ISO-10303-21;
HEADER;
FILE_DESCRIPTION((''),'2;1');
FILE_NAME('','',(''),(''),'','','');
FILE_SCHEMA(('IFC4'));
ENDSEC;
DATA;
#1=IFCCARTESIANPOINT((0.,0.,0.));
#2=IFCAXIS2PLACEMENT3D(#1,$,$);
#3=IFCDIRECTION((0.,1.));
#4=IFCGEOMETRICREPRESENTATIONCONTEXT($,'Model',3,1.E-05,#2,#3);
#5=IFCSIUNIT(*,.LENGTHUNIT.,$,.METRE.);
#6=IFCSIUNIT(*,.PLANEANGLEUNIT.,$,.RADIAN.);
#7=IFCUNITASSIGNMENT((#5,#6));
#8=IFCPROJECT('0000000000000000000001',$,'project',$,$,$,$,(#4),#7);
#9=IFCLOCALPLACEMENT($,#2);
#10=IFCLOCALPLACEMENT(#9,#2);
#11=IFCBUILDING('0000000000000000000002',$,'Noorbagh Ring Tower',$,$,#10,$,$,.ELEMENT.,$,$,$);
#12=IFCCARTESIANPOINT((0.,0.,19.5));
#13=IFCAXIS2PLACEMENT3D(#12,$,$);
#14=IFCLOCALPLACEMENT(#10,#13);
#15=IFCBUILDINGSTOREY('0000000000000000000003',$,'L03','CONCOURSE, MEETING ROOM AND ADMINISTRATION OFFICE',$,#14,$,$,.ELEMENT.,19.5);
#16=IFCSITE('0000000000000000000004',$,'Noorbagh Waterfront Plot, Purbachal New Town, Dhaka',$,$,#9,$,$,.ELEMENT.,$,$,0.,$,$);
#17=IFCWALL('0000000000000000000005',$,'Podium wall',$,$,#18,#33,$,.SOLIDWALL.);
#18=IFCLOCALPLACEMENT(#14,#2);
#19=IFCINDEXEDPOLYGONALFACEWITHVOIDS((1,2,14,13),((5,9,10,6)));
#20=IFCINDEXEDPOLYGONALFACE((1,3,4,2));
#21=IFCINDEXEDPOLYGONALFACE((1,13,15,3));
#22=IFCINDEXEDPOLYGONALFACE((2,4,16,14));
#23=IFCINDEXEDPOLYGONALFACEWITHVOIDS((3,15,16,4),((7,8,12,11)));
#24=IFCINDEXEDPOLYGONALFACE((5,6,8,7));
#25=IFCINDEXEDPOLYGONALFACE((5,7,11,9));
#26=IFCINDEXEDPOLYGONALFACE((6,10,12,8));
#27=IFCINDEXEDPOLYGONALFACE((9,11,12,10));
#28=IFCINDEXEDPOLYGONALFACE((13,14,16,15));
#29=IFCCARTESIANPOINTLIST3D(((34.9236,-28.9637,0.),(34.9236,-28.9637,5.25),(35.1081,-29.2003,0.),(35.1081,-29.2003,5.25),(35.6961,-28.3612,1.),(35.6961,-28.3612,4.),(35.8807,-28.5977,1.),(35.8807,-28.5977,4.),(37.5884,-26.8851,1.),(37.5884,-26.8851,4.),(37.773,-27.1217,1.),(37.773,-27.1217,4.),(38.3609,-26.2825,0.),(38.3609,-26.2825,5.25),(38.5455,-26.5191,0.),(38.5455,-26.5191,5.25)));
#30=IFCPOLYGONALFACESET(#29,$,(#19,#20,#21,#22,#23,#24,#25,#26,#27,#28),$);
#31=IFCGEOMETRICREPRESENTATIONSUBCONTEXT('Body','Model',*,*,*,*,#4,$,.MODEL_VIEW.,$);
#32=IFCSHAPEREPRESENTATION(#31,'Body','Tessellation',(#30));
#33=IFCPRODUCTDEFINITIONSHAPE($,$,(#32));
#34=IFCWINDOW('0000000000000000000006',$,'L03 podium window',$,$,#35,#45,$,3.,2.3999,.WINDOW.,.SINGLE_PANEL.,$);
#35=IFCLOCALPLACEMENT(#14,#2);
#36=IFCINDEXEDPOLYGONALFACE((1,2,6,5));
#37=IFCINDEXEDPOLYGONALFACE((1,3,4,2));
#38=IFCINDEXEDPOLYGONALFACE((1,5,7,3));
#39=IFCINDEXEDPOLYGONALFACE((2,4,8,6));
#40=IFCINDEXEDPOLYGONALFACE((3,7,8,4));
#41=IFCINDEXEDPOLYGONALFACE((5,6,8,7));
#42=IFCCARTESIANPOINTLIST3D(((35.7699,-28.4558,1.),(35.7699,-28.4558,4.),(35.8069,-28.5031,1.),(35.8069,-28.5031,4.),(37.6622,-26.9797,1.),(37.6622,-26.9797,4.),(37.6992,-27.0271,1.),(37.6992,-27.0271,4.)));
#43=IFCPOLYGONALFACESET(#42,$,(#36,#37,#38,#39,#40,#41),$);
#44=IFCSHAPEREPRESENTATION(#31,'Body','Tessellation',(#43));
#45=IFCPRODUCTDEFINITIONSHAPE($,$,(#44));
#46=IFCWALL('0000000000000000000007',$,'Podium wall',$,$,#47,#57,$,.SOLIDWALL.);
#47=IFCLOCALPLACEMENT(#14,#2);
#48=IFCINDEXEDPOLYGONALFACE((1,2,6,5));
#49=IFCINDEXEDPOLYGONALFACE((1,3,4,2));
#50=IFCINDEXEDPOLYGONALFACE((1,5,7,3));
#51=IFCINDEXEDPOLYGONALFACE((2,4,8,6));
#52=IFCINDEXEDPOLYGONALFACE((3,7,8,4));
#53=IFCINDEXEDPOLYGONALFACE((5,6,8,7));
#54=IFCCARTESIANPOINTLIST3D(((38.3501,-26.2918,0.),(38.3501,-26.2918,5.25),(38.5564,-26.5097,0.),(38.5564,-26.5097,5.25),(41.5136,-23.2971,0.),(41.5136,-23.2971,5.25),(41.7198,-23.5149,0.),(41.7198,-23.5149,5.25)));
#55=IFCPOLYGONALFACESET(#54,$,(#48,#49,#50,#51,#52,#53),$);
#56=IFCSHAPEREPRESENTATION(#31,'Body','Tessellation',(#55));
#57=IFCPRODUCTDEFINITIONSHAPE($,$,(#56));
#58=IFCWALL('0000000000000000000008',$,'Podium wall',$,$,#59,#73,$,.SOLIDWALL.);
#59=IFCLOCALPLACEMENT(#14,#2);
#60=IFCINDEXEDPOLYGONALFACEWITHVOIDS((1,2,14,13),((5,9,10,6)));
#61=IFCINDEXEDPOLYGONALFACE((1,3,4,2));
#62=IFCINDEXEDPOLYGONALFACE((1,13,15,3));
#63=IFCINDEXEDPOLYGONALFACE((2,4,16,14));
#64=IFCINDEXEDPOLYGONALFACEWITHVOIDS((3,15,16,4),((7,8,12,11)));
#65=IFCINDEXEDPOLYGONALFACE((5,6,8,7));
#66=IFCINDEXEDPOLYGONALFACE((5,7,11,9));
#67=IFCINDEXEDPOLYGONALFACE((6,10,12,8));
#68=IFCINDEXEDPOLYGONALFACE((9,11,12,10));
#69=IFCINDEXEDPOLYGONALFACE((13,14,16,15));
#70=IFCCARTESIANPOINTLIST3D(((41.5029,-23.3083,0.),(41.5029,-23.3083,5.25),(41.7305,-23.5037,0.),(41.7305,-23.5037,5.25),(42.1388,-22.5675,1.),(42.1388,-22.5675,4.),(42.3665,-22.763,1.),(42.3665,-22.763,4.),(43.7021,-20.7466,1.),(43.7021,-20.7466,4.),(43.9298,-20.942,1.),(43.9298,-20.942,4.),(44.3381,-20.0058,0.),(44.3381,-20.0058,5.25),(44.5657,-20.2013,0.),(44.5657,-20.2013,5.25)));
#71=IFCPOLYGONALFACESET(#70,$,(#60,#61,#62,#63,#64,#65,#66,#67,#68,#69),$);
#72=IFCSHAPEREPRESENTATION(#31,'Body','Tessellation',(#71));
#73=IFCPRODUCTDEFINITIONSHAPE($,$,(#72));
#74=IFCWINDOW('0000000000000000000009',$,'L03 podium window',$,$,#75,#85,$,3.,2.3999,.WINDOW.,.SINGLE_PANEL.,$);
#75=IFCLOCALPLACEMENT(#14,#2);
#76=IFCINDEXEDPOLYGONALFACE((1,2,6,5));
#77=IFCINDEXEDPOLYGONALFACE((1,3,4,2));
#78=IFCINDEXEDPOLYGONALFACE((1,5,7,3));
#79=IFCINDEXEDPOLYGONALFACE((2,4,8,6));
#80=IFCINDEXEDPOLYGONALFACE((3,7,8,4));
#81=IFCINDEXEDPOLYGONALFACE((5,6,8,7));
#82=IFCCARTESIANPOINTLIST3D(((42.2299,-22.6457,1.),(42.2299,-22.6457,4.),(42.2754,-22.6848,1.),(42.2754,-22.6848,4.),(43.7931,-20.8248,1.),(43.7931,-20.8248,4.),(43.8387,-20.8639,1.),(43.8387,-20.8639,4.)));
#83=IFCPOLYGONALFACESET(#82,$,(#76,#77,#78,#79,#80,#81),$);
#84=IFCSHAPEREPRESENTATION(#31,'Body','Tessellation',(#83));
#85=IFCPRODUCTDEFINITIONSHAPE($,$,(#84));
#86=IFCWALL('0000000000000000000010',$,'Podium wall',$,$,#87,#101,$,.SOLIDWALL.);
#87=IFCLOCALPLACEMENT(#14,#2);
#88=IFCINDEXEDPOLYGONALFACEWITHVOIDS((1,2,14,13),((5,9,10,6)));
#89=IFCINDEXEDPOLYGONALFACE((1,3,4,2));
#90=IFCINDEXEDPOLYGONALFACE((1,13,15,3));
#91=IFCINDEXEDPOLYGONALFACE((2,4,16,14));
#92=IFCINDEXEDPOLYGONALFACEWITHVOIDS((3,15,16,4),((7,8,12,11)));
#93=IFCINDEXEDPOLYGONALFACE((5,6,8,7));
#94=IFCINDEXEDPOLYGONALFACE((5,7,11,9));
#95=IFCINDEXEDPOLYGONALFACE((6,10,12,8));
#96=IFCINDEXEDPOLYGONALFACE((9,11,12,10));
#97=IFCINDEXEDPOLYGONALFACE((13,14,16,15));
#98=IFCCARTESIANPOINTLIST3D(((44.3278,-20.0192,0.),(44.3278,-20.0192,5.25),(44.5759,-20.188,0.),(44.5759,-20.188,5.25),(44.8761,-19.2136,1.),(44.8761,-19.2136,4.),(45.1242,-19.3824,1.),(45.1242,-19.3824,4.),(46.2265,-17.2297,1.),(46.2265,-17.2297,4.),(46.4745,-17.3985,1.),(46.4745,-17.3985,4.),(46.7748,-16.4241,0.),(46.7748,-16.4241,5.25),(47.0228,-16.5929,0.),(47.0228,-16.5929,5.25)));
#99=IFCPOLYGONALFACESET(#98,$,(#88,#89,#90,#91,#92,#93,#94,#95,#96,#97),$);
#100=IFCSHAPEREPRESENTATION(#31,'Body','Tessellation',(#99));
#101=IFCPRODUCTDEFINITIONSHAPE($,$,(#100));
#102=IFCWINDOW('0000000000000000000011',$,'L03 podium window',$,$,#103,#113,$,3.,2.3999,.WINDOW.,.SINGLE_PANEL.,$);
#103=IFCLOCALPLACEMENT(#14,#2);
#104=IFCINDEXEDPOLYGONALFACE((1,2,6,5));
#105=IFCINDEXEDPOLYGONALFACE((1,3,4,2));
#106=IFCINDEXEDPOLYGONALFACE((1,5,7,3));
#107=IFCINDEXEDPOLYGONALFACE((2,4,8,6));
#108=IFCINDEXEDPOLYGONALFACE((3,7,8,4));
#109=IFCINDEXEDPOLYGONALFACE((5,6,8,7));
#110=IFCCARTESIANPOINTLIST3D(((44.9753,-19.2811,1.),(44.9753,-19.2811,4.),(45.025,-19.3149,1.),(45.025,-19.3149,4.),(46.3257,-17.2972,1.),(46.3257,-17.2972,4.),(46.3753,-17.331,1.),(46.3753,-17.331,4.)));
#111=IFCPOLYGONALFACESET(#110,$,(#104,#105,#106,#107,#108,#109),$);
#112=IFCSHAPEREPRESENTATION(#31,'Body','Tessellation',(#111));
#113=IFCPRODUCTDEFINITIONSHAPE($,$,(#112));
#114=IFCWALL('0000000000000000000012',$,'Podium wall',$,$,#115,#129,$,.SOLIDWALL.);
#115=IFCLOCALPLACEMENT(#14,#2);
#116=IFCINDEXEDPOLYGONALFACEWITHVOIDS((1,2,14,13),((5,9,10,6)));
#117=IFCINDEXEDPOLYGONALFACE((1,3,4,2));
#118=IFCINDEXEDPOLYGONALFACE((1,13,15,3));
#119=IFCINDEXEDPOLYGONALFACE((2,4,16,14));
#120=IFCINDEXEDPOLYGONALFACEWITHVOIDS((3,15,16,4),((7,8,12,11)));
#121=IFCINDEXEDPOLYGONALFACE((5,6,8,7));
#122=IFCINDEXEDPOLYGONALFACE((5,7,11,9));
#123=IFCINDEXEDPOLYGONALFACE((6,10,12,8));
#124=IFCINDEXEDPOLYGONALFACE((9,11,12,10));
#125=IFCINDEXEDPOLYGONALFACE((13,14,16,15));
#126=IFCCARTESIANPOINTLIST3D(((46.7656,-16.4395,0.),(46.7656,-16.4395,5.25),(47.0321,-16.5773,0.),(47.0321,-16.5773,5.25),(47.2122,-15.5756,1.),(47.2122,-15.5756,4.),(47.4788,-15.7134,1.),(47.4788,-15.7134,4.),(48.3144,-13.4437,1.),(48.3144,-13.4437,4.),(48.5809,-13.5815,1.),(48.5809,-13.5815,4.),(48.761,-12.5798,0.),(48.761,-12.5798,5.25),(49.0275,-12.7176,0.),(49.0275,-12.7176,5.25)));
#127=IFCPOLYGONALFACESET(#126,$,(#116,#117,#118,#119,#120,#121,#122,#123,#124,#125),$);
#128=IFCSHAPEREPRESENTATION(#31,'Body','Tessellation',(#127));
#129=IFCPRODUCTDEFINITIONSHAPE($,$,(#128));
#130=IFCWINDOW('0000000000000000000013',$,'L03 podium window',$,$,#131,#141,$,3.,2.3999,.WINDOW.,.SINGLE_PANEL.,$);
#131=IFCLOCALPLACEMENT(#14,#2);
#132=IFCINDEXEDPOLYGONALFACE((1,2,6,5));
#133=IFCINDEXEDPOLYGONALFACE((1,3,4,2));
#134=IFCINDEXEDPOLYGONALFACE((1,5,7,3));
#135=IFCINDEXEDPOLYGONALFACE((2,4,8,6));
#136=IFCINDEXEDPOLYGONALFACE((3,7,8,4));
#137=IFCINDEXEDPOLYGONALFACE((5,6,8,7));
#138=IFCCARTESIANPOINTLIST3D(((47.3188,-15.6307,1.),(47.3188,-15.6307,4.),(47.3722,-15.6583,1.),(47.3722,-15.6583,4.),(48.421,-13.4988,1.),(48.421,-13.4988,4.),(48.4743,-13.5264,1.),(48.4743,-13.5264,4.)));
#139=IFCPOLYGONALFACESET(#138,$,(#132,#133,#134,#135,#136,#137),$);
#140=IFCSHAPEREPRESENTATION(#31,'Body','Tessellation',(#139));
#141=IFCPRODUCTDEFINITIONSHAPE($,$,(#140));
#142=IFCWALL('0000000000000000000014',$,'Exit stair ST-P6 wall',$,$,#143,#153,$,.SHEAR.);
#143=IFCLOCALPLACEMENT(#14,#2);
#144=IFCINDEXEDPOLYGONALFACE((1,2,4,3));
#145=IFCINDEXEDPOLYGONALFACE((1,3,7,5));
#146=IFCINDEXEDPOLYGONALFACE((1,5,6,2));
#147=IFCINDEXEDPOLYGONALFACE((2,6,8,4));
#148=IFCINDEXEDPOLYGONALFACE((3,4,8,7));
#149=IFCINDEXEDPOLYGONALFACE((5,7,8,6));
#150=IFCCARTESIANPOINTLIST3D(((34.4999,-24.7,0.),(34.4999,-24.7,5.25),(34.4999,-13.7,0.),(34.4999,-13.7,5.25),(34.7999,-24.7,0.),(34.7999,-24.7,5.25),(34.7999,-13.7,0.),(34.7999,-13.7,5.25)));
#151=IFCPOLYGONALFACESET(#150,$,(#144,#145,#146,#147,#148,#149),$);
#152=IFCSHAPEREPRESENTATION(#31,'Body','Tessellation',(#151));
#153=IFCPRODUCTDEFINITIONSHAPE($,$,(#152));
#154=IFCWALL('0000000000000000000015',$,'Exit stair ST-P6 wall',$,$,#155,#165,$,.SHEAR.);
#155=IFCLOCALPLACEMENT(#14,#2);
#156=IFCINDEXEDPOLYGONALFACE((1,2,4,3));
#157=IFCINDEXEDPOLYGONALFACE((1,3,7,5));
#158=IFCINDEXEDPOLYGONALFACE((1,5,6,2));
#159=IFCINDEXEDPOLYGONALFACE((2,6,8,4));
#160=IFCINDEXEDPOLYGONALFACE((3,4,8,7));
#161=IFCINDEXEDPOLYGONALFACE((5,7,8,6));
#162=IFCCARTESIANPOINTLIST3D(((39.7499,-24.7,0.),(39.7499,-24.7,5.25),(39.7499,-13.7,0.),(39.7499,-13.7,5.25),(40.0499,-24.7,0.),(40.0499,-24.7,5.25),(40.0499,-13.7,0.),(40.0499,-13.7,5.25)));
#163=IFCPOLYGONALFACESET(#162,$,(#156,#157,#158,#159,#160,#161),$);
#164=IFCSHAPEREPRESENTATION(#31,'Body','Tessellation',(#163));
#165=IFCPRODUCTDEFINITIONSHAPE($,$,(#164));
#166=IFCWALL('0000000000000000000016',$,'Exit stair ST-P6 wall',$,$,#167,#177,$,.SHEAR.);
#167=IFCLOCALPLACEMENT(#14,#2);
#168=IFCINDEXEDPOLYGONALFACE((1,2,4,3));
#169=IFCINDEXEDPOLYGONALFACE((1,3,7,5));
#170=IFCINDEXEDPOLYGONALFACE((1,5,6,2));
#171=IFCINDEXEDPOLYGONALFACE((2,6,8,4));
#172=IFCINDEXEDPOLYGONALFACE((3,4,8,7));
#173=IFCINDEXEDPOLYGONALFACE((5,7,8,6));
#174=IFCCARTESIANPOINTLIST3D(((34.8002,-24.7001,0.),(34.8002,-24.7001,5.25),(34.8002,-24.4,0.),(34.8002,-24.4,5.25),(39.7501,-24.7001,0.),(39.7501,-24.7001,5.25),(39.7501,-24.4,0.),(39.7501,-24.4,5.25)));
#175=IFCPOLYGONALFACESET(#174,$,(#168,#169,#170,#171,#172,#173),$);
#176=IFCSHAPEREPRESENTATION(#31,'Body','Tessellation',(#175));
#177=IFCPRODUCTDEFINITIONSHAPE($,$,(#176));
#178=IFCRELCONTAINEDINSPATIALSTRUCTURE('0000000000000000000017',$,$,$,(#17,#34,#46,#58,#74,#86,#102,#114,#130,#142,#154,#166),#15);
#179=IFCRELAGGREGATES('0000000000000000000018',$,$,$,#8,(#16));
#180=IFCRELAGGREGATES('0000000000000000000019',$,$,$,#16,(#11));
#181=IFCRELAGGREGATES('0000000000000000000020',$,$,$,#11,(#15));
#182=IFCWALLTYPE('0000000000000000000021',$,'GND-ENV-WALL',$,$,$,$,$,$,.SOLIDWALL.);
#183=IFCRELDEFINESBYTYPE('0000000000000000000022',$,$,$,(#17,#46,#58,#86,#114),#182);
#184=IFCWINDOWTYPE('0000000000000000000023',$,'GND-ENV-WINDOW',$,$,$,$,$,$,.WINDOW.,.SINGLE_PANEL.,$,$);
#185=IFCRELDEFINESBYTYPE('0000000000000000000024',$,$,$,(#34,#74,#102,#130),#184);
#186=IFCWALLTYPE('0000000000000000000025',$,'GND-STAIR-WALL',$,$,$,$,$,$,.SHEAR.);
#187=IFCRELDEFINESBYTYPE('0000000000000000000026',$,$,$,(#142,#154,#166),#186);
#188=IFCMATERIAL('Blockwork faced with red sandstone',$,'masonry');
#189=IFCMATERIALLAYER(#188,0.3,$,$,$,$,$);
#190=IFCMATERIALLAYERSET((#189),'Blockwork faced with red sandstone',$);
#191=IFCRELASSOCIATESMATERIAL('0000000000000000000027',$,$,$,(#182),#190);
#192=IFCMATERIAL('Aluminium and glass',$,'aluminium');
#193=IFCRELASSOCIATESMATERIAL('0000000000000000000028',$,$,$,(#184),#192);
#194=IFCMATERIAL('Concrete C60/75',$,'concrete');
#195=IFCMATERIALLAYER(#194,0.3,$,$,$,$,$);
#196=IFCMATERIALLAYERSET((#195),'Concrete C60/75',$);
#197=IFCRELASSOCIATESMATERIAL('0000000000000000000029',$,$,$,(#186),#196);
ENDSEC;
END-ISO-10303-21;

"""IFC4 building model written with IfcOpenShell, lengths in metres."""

from ifc_helpers import new_model, si_unit, direction, frame, frame_2d, origin, place, context, subcontext, project, spatial, rectangle, extrude, material, layer, layer_set, type_object, element, fill, save


model = new_model("IFC4")

# Units and contexts
model_context = context("Model", 3, precision=1e-05, world=origin(), true_north=direction((0.0, 1.0)))
body_context = subcontext(model_context, "Body", "Model", "MODEL_VIEW")
ifc_project = project(units=[si_unit("LENGTHUNIT", "METRE"), si_unit("PLANEANGLEUNIT", "RADIAN")], contexts=[model_context])

# Site, building, storey
site_placement = place(None, origin())
site = spatial("IfcSite", under=ifc_project, at=site_placement, Name="Noorbagh Waterfront Plot, Purbachal New Town, Dhaka", CompositionType="ELEMENT", RefElevation=0.0)
building_placement = place(site_placement, origin())
building = spatial("IfcBuilding", under=site, at=building_placement, Name="Noorbagh Ring Tower", CompositionType="ELEMENT")
storey_placement = place(building_placement, frame((0.0, 0.0, 19.5)))
storey = spatial("IfcBuildingStorey", under=building, at=storey_placement, Name="L03", Description="CONCOURSE, MEETING ROOM AND ADMINISTRATION OFFICE", CompositionType="ELEMENT", Elevation=19.5)

# Wall, opening, window
ifc_material_1 = material(Name="Blockwork faced with red sandstone", Category="masonry")
ifc_layer_1 = layer(ifc_material_1, 0.3)
ifc_layer_set_1 = layer_set([ifc_layer_1], Name="Blockwork faced with red sandstone")
wall_type_1 = type_object("IfcWallType", Name="GND-ENV-WALL", PredefinedType="SOLIDWALL", material=ifc_layer_set_1)
ifc_material_2 = material(Name="Aluminium and glass", Category="aluminium")
window_type = type_object("IfcWindowType", Name="GND-ENV-WINDOW", PartitioningType="SINGLE_PANEL", PredefinedType="WINDOW", material=ifc_material_2)
wall_1_placement = place(storey_placement, frame((35.0159, -29.082, 0.0), z_axis=(0.0, 0.0, 1.0), x_axis=(0.788492, 0.615045, 0.0)))
wall_1 = element("IfcWall", 1, at=wall_1_placement, inside=storey, type_object=wall_type_1, Name="Podium wall", PredefinedType="SOLIDWALL", context=body_context, shape_type="SweptSolid", body=[
    extrude(rectangle(XDim=4.3594, YDim=0.3, at=frame_2d((2.1797, 0.0))), origin(), (0.0, 0.0, 1.0), 5.25),
])
opening_1_placement = place(wall_1_placement, frame((0.9797, 0.0, 1.0)))
opening_1 = element("IfcOpeningElement", 2, at=opening_1_placement, cuts=wall_1, PredefinedType="OPENING", context=body_context, shape_type="SweptSolid", body=[
    extrude(rectangle(XDim=2.3999, YDim=3.0, at=frame_2d((1.2, 1.5))), frame((0.0, 0.1602, 0.0), z_axis=(0.0, -1.0, 0.0), x_axis=(1.0, 0.0, 0.0)), (0.0, 0.0, 1.0), 0.3201),
])
window_1_placement = place(opening_1_placement, origin())
window_1 = element("IfcWindow", 3, at=window_1_placement, inside=storey, type_object=window_type, Name="L03 podium window", OverallHeight=3.0, OverallWidth=2.3999, PartitioningType="SINGLE_PANEL", PredefinedType="WINDOW", context=body_context, shape_type="SweptSolid", body=[
    extrude(rectangle(XDim=2.3999, YDim=3.0, at=frame_2d((1.2, 1.5))), frame((0.0, 0.03, 0.0), z_axis=(0.0, -1.0, 0.0), x_axis=(1.0, 0.0, 0.0)), (0.0, 0.0, 1.0), 0.0601),
])
fill(opening_1, window_1)

# Wall
wall_2_placement = place(storey_placement, frame((38.4531, -26.4009, 0.0), z_axis=(0.0, 0.0, 1.0), x_axis=(0.726204, 0.687479, 0.0)))
element("IfcWall", 4, at=wall_2_placement, inside=storey, type_object=wall_type_1, Name="Podium wall", PredefinedType="SOLIDWALL", context=body_context, shape_type="SweptSolid", body=[
    extrude(rectangle(XDim=4.3562, YDim=0.3, at=frame_2d((2.1782, 0.0))), origin(), (0.0, 0.0, 1.0), 5.25),
])

# Walls, openings, windows
wall_3_placement = place(storey_placement, frame((41.6167, -23.406, 0.0), z_axis=(0.0, 0.0, 1.0), x_axis=(0.651387, 0.758746, 0.0)))
wall_3 = element("IfcWall", 5, at=wall_3_placement, inside=storey, type_object=wall_type_1, Name="Podium wall", PredefinedType="SOLIDWALL", context=body_context, shape_type="SweptSolid", body=[
    extrude(rectangle(XDim=4.3525, YDim=0.3, at=frame_2d((2.1763, 0.0))), origin(), (0.0, 0.0, 1.0), 5.25),
])
opening_2_placement = place(wall_3_placement, frame((0.9763, 0.0, 1.0)))
opening_2 = element("IfcOpeningElement", 6, at=opening_2_placement, cuts=wall_3, PredefinedType="OPENING", context=body_context, shape_type="SweptSolid", body=[
    extrude(rectangle(XDim=2.3999, YDim=3.0, at=frame_2d((1.2, 1.5))), frame((0.0, 0.1602, 0.0), z_axis=(0.0, -1.0, 0.0), x_axis=(1.0, 0.0, 0.0)), (0.0, 0.0, 1.0), 0.3201),
])
window_2_placement = place(opening_2_placement, origin())
window_2 = element("IfcWindow", 7, at=window_2_placement, inside=storey, type_object=window_type, Name="L03 podium window", OverallHeight=3.0, OverallWidth=2.3999, PartitioningType="SINGLE_PANEL", PredefinedType="WINDOW", context=body_context, shape_type="SweptSolid", body=[
    extrude(rectangle(XDim=2.3999, YDim=3.0, at=frame_2d((1.2, 1.5))), frame((0.0, 0.03, 0.0), z_axis=(0.0, -1.0, 0.0), x_axis=(1.0, 0.0, 0.0)), (0.0, 0.0, 1.0), 0.0601),
])
fill(opening_2, window_2)
wall_4_placement = place(storey_placement, frame((44.4519, -20.1035, 0.0), z_axis=(0.0, 0.0, 1.0), x_axis=(0.562668, 0.826683, 0.0)))
wall_4 = element("IfcWall", 8, at=wall_4_placement, inside=storey, type_object=wall_type_1, Name="Podium wall", PredefinedType="SOLIDWALL", context=body_context, shape_type="SweptSolid", body=[
    extrude(rectangle(XDim=4.3489, YDim=0.3, at=frame_2d((2.1743, 0.0))), origin(), (0.0, 0.0, 1.0), 5.25),
])
opening_3_placement = place(wall_4_placement, frame((0.9744, 0.0, 1.0)))
opening_3 = element("IfcOpeningElement", 9, at=opening_3_placement, cuts=wall_4, PredefinedType="OPENING", context=body_context, shape_type="SweptSolid", body=[
    extrude(rectangle(XDim=2.3999, YDim=3.0, at=frame_2d((1.2, 1.5))), frame((0.0, 0.1602, 0.0), z_axis=(0.0, -1.0, 0.0), x_axis=(1.0, 0.0, 0.0)), (0.0, 0.0, 1.0), 0.3201),
])
window_3_placement = place(opening_3_placement, origin())
window_3 = element("IfcWindow", 10, at=window_3_placement, inside=storey, type_object=window_type, Name="L03 podium window", OverallHeight=3.0, OverallWidth=2.3999, PartitioningType="SINGLE_PANEL", PredefinedType="WINDOW", context=body_context, shape_type="SweptSolid", body=[
    extrude(rectangle(XDim=2.3999, YDim=3.0, at=frame_2d((1.2, 1.5))), frame((0.0, 0.03, 0.0), z_axis=(0.0, -1.0, 0.0), x_axis=(1.0, 0.0, 0.0)), (0.0, 0.0, 1.0), 0.0601),
])
fill(opening_3, window_3)
wall_5_placement = place(storey_placement, frame((46.8989, -16.5083, 0.0), z_axis=(0.0, 0.0, 1.0), x_axis=(0.459243, 0.888311, 0.0)))
wall_5 = element("IfcWall", 11, at=wall_5_placement, inside=storey, type_object=wall_type_1, Name="Podium wall", PredefinedType="SOLIDWALL", context=body_context, shape_type="SweptSolid", body=[
    extrude(rectangle(XDim=4.345, YDim=0.3, at=frame_2d((2.1724, 0.0))), origin(), (0.0, 0.0, 1.0), 5.25),
])
opening_4_placement = place(wall_5_placement, frame((0.9724, 0.0, 1.0)))
opening_4 = element("IfcOpeningElement", 12, at=opening_4_placement, cuts=wall_5, PredefinedType="OPENING", context=body_context, shape_type="SweptSolid", body=[
    extrude(rectangle(XDim=2.3999, YDim=3.0, at=frame_2d((1.2, 1.5))), frame((0.0, 0.1602, 0.0), z_axis=(0.0, -1.0, 0.0), x_axis=(1.0, 0.0, 0.0)), (0.0, 0.0, 1.0), 0.3201),
])
window_4_placement = place(opening_4_placement, origin())
window_4 = element("IfcWindow", 13, at=window_4_placement, inside=storey, type_object=window_type, Name="L03 podium window", OverallHeight=3.0, OverallWidth=2.3999, PartitioningType="SINGLE_PANEL", PredefinedType="WINDOW", context=body_context, shape_type="SweptSolid", body=[
    extrude(rectangle(XDim=2.3999, YDim=3.0, at=frame_2d((1.2, 1.5))), frame((0.0, 0.03, 0.0), z_axis=(0.0, -1.0, 0.0), x_axis=(1.0, 0.0, 0.0)), (0.0, 0.0, 1.0), 0.0601),
])
fill(opening_4, window_4)

# Walls
ifc_material_3 = material(Name="Concrete C60/75", Category="concrete")
ifc_layer_2 = layer(ifc_material_3, 0.3)
ifc_layer_set_2 = layer_set([ifc_layer_2], Name="Concrete C60/75")
wall_type_2 = type_object("IfcWallType", Name="GND-STAIR-WALL", PredefinedType="SHEAR", material=ifc_layer_set_2)
for number, where, z_axis, x_axis, name in (
    (14, (34.6499, -24.7, 0.0), (0.0, 0.0, 1.0), (0.0, 1.0, 0.0), "Exit stair ST-P6 wall"),
    (15, (39.8999, -24.7, 0.0), (0.0, 0.0, 1.0), (0.0, 1.0, 0.0), "Exit stair ST-P6 wall"),
):
    element("IfcWall", number, at=place(storey_placement, frame(where, z_axis=z_axis, x_axis=x_axis)), inside=storey, type_object=wall_type_2, Name=name, PredefinedType="SHEAR", context=body_context, shape_type="SweptSolid", body=[
        extrude(rectangle(XDim=11.0, YDim=0.3, at=frame_2d((5.5, 0.0))), origin(), (0.0, 0.0, 1.0), 5.25),
    ])
wall_6_placement = place(storey_placement, frame((34.8, -24.55, 0.0), z_axis=(0.0, 0.0, 1.0), x_axis=(1.0, 0.0, 0.0)))
element("IfcWall", 16, at=wall_6_placement, inside=storey, type_object=wall_type_2, Name="Exit stair ST-P6 wall", PredefinedType="SHEAR", context=body_context, shape_type="SweptSolid", body=[
    extrude(rectangle(XDim=4.95, YDim=0.3, at=frame_2d((2.4751, 0.0))), origin(), (0.0, 0.0, 1.0), 5.25),
])

save(model, "model.ifc")
